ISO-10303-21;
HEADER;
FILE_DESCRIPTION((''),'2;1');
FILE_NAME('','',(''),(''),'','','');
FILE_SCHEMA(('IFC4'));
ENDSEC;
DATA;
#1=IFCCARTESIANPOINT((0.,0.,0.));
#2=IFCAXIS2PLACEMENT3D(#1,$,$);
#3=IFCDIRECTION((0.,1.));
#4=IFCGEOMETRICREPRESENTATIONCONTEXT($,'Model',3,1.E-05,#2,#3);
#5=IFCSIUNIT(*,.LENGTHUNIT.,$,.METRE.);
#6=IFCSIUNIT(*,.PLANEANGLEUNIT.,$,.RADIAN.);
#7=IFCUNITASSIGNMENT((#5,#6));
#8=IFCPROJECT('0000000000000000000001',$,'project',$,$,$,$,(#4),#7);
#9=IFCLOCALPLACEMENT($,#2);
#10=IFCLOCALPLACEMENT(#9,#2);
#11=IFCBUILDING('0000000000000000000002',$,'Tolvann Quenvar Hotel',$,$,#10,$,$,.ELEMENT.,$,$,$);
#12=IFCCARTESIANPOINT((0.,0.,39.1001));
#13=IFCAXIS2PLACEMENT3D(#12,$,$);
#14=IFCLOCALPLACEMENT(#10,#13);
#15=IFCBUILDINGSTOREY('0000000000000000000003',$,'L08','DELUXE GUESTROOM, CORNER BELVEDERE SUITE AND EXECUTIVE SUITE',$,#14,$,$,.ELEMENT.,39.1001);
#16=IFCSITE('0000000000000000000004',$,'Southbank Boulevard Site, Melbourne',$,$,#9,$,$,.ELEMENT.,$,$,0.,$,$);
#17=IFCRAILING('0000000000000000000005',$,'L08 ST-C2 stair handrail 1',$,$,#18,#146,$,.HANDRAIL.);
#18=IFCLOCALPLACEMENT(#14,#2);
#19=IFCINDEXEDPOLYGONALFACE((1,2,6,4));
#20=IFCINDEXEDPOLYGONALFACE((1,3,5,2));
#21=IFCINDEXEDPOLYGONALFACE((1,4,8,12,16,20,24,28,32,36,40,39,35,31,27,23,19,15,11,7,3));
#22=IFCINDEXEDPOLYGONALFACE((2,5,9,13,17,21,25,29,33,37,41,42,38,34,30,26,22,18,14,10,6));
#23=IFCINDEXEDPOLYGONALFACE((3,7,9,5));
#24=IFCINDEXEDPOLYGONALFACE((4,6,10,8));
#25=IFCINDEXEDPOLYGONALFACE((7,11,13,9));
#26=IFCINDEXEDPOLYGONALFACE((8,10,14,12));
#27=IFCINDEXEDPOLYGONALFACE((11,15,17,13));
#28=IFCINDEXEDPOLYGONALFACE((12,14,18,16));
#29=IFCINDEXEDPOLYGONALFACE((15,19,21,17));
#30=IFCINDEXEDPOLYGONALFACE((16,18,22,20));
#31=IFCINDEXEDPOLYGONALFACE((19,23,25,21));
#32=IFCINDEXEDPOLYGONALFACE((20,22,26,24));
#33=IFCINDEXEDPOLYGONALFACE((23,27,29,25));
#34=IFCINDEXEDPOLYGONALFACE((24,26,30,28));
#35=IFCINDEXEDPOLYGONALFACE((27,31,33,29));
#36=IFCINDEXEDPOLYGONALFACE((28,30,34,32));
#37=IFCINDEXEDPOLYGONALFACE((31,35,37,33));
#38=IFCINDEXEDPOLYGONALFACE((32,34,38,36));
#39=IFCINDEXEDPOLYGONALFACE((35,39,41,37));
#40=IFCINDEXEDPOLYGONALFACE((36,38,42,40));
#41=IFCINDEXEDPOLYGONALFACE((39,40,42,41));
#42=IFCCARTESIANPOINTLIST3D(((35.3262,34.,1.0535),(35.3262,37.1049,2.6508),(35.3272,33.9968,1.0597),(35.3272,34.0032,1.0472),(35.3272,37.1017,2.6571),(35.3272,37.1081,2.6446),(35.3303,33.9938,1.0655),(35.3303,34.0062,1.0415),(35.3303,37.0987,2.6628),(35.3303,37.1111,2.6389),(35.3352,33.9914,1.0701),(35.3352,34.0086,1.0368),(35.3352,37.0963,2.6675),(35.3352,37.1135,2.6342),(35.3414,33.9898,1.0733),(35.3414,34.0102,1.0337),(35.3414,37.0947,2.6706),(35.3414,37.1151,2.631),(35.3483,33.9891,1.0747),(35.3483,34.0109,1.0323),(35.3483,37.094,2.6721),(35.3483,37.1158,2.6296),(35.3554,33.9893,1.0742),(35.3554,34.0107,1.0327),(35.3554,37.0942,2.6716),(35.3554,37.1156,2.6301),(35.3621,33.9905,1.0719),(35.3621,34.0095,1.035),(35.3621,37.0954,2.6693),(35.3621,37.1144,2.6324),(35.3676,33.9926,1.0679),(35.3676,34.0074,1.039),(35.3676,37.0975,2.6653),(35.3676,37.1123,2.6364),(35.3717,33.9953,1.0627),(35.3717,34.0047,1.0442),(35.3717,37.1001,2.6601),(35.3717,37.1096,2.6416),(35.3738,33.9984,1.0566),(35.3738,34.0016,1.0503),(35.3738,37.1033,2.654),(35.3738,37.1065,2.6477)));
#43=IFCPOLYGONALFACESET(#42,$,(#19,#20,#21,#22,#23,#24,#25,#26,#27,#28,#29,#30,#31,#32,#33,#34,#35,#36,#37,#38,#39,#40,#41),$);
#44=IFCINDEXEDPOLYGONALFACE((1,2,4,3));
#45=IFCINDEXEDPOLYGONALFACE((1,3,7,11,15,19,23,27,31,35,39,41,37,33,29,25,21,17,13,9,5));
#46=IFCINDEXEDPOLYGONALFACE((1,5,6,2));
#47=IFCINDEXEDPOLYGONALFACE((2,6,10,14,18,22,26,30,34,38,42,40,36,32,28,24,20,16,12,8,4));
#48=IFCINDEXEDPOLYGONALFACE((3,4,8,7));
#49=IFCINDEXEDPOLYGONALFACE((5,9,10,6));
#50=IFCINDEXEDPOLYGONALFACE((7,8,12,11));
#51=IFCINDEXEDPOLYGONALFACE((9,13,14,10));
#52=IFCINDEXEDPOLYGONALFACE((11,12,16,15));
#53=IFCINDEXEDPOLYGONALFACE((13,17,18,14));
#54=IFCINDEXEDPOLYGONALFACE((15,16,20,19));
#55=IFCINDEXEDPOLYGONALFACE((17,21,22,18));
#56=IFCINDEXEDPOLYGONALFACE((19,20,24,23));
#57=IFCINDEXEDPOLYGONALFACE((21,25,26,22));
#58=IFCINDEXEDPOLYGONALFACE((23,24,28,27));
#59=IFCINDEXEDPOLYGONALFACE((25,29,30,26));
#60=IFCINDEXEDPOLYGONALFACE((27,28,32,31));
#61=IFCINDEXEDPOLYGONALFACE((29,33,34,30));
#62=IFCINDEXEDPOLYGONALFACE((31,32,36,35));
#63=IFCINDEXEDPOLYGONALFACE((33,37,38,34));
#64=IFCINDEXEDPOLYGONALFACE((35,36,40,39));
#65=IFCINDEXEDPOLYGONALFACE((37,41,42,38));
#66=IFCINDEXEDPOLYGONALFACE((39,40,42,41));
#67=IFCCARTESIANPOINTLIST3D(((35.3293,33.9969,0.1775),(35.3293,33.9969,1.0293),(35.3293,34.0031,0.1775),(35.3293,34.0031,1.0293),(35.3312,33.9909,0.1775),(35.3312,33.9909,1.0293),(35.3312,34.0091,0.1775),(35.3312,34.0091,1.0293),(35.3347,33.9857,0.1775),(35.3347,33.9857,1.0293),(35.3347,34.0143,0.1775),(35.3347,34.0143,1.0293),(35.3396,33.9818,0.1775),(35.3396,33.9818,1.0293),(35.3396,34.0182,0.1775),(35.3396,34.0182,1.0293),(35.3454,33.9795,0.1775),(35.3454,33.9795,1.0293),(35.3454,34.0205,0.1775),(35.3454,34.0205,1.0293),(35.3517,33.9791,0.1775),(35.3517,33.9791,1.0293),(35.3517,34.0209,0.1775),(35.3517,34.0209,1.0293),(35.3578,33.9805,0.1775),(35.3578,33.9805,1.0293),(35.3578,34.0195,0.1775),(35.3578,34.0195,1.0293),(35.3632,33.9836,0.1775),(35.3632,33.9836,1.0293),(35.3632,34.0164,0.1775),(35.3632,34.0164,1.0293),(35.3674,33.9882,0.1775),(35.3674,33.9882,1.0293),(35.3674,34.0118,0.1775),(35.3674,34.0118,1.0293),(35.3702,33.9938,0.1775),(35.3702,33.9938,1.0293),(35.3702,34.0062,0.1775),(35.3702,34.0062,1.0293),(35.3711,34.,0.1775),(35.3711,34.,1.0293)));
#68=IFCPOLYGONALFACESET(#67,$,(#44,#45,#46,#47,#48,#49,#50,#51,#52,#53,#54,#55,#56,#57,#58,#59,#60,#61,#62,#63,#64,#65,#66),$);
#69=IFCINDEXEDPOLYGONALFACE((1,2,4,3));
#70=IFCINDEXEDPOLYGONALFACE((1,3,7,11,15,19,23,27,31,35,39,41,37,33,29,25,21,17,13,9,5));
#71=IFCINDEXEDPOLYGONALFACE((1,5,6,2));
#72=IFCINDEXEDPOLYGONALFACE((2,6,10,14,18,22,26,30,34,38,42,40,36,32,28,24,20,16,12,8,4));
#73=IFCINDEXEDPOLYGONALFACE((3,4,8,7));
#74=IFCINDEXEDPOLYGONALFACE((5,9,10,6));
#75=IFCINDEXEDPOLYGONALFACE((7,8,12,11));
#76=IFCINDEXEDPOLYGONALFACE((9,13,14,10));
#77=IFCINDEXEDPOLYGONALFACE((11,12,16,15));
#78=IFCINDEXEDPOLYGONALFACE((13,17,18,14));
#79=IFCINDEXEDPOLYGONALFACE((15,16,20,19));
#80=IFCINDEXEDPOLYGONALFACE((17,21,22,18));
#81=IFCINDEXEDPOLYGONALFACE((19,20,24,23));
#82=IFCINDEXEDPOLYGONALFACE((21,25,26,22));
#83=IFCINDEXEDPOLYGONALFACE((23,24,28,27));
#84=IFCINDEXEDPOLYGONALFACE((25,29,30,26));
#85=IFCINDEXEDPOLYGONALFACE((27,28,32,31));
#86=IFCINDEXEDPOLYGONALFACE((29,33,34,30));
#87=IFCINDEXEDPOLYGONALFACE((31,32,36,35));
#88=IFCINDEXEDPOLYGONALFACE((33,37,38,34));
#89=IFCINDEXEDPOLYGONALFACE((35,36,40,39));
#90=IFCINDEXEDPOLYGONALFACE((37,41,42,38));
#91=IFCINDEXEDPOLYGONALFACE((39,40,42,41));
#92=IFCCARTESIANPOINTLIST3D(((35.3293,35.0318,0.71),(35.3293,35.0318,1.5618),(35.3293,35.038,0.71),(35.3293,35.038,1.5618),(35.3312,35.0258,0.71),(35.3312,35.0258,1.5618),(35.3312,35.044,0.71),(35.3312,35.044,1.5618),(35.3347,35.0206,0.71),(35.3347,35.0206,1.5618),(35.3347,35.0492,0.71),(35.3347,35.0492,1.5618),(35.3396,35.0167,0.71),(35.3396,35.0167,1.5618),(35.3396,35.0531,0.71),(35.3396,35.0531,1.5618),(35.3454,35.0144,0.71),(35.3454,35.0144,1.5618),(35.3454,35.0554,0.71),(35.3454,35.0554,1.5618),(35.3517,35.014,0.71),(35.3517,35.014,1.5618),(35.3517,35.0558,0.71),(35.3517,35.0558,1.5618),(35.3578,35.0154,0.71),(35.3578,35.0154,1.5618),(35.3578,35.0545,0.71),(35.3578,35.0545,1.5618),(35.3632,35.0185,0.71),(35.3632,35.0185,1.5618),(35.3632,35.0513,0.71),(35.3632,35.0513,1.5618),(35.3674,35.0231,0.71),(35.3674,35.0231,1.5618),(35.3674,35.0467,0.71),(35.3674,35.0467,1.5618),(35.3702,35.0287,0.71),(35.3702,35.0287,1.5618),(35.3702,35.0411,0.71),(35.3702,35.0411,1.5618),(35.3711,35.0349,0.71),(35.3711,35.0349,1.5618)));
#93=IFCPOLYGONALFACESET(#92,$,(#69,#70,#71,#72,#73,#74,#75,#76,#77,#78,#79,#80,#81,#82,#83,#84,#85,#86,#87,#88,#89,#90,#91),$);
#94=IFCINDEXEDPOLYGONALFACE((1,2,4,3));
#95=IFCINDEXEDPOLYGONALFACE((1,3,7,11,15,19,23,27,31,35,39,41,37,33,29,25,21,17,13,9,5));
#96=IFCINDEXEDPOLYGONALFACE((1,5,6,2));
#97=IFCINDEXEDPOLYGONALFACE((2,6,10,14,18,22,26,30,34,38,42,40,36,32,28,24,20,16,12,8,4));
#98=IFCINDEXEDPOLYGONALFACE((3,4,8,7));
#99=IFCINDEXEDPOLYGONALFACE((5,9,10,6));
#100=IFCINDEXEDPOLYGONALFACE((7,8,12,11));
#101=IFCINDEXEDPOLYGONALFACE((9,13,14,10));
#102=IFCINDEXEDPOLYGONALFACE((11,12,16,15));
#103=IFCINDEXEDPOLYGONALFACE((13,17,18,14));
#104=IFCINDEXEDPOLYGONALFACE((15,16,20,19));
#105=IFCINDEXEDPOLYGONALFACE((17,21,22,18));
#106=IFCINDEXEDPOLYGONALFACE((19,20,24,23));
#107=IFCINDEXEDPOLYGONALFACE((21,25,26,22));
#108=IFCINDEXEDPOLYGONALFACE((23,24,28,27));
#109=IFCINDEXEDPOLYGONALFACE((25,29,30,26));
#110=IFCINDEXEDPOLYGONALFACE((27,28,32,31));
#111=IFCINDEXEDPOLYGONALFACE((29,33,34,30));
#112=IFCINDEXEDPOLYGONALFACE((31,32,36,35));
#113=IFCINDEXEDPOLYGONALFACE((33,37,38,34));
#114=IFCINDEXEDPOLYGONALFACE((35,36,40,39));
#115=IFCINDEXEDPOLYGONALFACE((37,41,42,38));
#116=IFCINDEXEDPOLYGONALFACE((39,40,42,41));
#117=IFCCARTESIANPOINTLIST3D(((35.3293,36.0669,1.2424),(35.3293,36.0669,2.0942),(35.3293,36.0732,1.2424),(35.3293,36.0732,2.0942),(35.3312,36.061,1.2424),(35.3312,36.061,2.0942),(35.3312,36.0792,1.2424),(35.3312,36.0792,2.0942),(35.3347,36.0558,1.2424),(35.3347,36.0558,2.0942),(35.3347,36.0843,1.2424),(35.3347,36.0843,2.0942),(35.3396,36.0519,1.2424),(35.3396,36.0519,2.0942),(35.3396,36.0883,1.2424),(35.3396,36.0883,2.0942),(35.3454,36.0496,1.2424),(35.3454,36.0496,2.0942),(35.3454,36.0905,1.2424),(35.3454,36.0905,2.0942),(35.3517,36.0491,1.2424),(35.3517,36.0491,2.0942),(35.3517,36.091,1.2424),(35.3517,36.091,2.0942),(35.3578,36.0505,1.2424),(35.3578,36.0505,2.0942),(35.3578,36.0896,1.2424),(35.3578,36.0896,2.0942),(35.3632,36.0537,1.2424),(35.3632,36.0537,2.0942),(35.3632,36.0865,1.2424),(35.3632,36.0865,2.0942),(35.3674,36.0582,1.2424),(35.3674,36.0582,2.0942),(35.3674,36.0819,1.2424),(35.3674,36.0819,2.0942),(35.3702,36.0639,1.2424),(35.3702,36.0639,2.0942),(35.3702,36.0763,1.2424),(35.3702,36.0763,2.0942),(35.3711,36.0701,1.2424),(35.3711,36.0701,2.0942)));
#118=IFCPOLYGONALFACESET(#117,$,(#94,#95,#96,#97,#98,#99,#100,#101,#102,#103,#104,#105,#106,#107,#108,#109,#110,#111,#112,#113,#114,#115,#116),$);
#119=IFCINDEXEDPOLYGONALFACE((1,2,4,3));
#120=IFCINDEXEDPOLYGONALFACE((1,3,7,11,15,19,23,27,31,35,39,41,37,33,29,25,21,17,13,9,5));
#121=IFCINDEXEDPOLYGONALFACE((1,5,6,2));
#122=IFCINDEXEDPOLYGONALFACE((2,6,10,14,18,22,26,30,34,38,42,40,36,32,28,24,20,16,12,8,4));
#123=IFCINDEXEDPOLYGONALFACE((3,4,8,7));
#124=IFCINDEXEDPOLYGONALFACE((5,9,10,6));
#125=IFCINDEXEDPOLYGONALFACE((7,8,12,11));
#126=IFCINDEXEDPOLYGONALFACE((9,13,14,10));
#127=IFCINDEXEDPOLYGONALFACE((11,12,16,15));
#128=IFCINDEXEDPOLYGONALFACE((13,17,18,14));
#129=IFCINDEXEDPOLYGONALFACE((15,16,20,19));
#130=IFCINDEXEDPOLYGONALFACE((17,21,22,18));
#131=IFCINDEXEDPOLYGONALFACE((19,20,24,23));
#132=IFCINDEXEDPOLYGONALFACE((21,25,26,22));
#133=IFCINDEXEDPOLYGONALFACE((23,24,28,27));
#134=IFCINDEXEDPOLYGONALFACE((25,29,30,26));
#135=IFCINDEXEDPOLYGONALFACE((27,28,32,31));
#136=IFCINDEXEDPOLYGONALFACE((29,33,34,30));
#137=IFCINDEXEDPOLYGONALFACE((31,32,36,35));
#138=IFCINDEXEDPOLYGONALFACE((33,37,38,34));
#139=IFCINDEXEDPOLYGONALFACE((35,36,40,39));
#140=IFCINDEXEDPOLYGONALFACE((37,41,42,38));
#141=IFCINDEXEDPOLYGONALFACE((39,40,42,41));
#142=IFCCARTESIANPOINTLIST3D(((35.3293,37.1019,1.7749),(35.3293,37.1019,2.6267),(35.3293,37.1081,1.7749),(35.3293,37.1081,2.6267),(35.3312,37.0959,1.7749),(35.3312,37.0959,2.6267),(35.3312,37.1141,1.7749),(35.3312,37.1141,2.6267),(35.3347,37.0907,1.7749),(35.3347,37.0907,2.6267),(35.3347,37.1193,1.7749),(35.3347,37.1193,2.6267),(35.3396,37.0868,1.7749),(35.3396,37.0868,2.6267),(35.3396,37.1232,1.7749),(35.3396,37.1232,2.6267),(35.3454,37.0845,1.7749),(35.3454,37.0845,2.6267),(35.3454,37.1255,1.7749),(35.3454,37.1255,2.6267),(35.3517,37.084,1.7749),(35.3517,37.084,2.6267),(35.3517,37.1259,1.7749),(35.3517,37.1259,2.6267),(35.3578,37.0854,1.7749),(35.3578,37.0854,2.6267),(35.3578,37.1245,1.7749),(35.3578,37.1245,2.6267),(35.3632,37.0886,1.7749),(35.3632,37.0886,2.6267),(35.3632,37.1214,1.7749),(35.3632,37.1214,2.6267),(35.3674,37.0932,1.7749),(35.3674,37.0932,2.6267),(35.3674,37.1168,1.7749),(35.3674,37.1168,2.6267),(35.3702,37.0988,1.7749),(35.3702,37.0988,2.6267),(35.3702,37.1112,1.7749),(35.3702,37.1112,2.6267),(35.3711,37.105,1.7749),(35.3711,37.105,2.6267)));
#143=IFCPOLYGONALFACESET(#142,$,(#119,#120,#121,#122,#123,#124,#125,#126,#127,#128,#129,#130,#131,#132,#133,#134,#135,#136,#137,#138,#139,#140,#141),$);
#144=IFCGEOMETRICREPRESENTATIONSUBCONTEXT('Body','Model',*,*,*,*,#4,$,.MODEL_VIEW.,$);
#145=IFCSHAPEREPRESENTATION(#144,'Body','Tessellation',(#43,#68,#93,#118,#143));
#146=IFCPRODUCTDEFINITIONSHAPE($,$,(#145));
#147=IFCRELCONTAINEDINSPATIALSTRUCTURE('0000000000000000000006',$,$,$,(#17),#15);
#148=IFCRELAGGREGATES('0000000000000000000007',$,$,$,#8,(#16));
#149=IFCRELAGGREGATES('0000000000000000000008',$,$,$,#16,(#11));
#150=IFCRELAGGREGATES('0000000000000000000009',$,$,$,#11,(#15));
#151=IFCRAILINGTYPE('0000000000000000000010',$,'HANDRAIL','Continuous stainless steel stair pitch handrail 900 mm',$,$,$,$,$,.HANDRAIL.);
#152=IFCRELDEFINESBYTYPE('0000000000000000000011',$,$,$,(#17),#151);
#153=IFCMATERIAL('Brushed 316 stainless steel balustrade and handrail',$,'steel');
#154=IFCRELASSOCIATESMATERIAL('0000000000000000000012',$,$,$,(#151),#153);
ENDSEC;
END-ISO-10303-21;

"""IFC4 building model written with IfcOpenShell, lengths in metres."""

from ifc_helpers import new_model, si_unit, direction, frame, origin, origin_2d, place, context, subcontext, project, spatial, circle, extrude, material, type_object, element, save


model = new_model("IFC4")

# Units and contexts
model_context = context("Model", 3, precision=1e-05, world=origin(), true_north=direction((0.0, 1.0)))
body_context = subcontext(model_context, "Body", "Model", "MODEL_VIEW")
ifc_project = project(units=[si_unit("LENGTHUNIT", "METRE"), si_unit("PLANEANGLEUNIT", "RADIAN")], contexts=[model_context])

# Site, building, storey
site_placement = place(None, origin())
site = spatial("IfcSite", under=ifc_project, at=site_placement, Name="Southbank Boulevard Site, Melbourne", CompositionType="ELEMENT", RefElevation=0.0)
building_placement = place(site_placement, origin())
building = spatial("IfcBuilding", under=site, at=building_placement, Name="Tolvann Quenvar Hotel", CompositionType="ELEMENT")
storey_placement = place(building_placement, frame((0.0, 0.0, 39.1001)))
storey = spatial("IfcBuildingStorey", under=building, at=storey_placement, Name="L08", Description="DELUXE GUESTROOM, CORNER BELVEDERE SUITE AND EXECUTIVE SUITE", CompositionType="ELEMENT", Elevation=39.1001)

# Railing
ifc_material_1 = material(Name="Brushed 316 stainless steel balustrade and handrail", Category="steel")
railing_type_1 = type_object("IfcRailingType", Name="HANDRAIL", Description="Continuous stainless steel stair pitch handrail 900 mm", PredefinedType="HANDRAIL", material=ifc_material_1)
railing_1_placement = place(storey_placement, frame((35.3501, 34.0, 0.1775)))
element("IfcRailing", 1, at=railing_1_placement, inside=storey, type_object=railing_type_1, Name="L08 ST-C2 stair handrail 1", PredefinedType="HANDRAIL", context=body_context, shape_type="SweptSolid", body=[
    extrude(circle(Radius=0.0239, at=origin_2d()), frame((0.0, 0.0, 0.876), z_axis=(0.0, 0.889222, 0.457476), x_axis=(-1.0, 0.0, 0.0)), (0.0, 0.0, 1.0), 3.4917),
    extrude(circle(Radius=0.021, at=origin_2d()), origin(), (0.0, 0.0, 1.0), 0.8518),
    extrude(circle(Radius=0.021, at=origin_2d()), frame((0.0, 1.0349, 0.5325)), (0.0, 0.0, 1.0), 0.8518),
    extrude(circle(Radius=0.021, at=origin_2d()), frame((0.0, 2.0701, 1.0649)), (0.0, 0.0, 1.0), 0.8518),
    extrude(circle(Radius=0.021, at=origin_2d()), frame((0.0, 3.105, 1.5974)), (0.0, 0.0, 1.0), 0.8518),
])

save(model, "model.ifc")
